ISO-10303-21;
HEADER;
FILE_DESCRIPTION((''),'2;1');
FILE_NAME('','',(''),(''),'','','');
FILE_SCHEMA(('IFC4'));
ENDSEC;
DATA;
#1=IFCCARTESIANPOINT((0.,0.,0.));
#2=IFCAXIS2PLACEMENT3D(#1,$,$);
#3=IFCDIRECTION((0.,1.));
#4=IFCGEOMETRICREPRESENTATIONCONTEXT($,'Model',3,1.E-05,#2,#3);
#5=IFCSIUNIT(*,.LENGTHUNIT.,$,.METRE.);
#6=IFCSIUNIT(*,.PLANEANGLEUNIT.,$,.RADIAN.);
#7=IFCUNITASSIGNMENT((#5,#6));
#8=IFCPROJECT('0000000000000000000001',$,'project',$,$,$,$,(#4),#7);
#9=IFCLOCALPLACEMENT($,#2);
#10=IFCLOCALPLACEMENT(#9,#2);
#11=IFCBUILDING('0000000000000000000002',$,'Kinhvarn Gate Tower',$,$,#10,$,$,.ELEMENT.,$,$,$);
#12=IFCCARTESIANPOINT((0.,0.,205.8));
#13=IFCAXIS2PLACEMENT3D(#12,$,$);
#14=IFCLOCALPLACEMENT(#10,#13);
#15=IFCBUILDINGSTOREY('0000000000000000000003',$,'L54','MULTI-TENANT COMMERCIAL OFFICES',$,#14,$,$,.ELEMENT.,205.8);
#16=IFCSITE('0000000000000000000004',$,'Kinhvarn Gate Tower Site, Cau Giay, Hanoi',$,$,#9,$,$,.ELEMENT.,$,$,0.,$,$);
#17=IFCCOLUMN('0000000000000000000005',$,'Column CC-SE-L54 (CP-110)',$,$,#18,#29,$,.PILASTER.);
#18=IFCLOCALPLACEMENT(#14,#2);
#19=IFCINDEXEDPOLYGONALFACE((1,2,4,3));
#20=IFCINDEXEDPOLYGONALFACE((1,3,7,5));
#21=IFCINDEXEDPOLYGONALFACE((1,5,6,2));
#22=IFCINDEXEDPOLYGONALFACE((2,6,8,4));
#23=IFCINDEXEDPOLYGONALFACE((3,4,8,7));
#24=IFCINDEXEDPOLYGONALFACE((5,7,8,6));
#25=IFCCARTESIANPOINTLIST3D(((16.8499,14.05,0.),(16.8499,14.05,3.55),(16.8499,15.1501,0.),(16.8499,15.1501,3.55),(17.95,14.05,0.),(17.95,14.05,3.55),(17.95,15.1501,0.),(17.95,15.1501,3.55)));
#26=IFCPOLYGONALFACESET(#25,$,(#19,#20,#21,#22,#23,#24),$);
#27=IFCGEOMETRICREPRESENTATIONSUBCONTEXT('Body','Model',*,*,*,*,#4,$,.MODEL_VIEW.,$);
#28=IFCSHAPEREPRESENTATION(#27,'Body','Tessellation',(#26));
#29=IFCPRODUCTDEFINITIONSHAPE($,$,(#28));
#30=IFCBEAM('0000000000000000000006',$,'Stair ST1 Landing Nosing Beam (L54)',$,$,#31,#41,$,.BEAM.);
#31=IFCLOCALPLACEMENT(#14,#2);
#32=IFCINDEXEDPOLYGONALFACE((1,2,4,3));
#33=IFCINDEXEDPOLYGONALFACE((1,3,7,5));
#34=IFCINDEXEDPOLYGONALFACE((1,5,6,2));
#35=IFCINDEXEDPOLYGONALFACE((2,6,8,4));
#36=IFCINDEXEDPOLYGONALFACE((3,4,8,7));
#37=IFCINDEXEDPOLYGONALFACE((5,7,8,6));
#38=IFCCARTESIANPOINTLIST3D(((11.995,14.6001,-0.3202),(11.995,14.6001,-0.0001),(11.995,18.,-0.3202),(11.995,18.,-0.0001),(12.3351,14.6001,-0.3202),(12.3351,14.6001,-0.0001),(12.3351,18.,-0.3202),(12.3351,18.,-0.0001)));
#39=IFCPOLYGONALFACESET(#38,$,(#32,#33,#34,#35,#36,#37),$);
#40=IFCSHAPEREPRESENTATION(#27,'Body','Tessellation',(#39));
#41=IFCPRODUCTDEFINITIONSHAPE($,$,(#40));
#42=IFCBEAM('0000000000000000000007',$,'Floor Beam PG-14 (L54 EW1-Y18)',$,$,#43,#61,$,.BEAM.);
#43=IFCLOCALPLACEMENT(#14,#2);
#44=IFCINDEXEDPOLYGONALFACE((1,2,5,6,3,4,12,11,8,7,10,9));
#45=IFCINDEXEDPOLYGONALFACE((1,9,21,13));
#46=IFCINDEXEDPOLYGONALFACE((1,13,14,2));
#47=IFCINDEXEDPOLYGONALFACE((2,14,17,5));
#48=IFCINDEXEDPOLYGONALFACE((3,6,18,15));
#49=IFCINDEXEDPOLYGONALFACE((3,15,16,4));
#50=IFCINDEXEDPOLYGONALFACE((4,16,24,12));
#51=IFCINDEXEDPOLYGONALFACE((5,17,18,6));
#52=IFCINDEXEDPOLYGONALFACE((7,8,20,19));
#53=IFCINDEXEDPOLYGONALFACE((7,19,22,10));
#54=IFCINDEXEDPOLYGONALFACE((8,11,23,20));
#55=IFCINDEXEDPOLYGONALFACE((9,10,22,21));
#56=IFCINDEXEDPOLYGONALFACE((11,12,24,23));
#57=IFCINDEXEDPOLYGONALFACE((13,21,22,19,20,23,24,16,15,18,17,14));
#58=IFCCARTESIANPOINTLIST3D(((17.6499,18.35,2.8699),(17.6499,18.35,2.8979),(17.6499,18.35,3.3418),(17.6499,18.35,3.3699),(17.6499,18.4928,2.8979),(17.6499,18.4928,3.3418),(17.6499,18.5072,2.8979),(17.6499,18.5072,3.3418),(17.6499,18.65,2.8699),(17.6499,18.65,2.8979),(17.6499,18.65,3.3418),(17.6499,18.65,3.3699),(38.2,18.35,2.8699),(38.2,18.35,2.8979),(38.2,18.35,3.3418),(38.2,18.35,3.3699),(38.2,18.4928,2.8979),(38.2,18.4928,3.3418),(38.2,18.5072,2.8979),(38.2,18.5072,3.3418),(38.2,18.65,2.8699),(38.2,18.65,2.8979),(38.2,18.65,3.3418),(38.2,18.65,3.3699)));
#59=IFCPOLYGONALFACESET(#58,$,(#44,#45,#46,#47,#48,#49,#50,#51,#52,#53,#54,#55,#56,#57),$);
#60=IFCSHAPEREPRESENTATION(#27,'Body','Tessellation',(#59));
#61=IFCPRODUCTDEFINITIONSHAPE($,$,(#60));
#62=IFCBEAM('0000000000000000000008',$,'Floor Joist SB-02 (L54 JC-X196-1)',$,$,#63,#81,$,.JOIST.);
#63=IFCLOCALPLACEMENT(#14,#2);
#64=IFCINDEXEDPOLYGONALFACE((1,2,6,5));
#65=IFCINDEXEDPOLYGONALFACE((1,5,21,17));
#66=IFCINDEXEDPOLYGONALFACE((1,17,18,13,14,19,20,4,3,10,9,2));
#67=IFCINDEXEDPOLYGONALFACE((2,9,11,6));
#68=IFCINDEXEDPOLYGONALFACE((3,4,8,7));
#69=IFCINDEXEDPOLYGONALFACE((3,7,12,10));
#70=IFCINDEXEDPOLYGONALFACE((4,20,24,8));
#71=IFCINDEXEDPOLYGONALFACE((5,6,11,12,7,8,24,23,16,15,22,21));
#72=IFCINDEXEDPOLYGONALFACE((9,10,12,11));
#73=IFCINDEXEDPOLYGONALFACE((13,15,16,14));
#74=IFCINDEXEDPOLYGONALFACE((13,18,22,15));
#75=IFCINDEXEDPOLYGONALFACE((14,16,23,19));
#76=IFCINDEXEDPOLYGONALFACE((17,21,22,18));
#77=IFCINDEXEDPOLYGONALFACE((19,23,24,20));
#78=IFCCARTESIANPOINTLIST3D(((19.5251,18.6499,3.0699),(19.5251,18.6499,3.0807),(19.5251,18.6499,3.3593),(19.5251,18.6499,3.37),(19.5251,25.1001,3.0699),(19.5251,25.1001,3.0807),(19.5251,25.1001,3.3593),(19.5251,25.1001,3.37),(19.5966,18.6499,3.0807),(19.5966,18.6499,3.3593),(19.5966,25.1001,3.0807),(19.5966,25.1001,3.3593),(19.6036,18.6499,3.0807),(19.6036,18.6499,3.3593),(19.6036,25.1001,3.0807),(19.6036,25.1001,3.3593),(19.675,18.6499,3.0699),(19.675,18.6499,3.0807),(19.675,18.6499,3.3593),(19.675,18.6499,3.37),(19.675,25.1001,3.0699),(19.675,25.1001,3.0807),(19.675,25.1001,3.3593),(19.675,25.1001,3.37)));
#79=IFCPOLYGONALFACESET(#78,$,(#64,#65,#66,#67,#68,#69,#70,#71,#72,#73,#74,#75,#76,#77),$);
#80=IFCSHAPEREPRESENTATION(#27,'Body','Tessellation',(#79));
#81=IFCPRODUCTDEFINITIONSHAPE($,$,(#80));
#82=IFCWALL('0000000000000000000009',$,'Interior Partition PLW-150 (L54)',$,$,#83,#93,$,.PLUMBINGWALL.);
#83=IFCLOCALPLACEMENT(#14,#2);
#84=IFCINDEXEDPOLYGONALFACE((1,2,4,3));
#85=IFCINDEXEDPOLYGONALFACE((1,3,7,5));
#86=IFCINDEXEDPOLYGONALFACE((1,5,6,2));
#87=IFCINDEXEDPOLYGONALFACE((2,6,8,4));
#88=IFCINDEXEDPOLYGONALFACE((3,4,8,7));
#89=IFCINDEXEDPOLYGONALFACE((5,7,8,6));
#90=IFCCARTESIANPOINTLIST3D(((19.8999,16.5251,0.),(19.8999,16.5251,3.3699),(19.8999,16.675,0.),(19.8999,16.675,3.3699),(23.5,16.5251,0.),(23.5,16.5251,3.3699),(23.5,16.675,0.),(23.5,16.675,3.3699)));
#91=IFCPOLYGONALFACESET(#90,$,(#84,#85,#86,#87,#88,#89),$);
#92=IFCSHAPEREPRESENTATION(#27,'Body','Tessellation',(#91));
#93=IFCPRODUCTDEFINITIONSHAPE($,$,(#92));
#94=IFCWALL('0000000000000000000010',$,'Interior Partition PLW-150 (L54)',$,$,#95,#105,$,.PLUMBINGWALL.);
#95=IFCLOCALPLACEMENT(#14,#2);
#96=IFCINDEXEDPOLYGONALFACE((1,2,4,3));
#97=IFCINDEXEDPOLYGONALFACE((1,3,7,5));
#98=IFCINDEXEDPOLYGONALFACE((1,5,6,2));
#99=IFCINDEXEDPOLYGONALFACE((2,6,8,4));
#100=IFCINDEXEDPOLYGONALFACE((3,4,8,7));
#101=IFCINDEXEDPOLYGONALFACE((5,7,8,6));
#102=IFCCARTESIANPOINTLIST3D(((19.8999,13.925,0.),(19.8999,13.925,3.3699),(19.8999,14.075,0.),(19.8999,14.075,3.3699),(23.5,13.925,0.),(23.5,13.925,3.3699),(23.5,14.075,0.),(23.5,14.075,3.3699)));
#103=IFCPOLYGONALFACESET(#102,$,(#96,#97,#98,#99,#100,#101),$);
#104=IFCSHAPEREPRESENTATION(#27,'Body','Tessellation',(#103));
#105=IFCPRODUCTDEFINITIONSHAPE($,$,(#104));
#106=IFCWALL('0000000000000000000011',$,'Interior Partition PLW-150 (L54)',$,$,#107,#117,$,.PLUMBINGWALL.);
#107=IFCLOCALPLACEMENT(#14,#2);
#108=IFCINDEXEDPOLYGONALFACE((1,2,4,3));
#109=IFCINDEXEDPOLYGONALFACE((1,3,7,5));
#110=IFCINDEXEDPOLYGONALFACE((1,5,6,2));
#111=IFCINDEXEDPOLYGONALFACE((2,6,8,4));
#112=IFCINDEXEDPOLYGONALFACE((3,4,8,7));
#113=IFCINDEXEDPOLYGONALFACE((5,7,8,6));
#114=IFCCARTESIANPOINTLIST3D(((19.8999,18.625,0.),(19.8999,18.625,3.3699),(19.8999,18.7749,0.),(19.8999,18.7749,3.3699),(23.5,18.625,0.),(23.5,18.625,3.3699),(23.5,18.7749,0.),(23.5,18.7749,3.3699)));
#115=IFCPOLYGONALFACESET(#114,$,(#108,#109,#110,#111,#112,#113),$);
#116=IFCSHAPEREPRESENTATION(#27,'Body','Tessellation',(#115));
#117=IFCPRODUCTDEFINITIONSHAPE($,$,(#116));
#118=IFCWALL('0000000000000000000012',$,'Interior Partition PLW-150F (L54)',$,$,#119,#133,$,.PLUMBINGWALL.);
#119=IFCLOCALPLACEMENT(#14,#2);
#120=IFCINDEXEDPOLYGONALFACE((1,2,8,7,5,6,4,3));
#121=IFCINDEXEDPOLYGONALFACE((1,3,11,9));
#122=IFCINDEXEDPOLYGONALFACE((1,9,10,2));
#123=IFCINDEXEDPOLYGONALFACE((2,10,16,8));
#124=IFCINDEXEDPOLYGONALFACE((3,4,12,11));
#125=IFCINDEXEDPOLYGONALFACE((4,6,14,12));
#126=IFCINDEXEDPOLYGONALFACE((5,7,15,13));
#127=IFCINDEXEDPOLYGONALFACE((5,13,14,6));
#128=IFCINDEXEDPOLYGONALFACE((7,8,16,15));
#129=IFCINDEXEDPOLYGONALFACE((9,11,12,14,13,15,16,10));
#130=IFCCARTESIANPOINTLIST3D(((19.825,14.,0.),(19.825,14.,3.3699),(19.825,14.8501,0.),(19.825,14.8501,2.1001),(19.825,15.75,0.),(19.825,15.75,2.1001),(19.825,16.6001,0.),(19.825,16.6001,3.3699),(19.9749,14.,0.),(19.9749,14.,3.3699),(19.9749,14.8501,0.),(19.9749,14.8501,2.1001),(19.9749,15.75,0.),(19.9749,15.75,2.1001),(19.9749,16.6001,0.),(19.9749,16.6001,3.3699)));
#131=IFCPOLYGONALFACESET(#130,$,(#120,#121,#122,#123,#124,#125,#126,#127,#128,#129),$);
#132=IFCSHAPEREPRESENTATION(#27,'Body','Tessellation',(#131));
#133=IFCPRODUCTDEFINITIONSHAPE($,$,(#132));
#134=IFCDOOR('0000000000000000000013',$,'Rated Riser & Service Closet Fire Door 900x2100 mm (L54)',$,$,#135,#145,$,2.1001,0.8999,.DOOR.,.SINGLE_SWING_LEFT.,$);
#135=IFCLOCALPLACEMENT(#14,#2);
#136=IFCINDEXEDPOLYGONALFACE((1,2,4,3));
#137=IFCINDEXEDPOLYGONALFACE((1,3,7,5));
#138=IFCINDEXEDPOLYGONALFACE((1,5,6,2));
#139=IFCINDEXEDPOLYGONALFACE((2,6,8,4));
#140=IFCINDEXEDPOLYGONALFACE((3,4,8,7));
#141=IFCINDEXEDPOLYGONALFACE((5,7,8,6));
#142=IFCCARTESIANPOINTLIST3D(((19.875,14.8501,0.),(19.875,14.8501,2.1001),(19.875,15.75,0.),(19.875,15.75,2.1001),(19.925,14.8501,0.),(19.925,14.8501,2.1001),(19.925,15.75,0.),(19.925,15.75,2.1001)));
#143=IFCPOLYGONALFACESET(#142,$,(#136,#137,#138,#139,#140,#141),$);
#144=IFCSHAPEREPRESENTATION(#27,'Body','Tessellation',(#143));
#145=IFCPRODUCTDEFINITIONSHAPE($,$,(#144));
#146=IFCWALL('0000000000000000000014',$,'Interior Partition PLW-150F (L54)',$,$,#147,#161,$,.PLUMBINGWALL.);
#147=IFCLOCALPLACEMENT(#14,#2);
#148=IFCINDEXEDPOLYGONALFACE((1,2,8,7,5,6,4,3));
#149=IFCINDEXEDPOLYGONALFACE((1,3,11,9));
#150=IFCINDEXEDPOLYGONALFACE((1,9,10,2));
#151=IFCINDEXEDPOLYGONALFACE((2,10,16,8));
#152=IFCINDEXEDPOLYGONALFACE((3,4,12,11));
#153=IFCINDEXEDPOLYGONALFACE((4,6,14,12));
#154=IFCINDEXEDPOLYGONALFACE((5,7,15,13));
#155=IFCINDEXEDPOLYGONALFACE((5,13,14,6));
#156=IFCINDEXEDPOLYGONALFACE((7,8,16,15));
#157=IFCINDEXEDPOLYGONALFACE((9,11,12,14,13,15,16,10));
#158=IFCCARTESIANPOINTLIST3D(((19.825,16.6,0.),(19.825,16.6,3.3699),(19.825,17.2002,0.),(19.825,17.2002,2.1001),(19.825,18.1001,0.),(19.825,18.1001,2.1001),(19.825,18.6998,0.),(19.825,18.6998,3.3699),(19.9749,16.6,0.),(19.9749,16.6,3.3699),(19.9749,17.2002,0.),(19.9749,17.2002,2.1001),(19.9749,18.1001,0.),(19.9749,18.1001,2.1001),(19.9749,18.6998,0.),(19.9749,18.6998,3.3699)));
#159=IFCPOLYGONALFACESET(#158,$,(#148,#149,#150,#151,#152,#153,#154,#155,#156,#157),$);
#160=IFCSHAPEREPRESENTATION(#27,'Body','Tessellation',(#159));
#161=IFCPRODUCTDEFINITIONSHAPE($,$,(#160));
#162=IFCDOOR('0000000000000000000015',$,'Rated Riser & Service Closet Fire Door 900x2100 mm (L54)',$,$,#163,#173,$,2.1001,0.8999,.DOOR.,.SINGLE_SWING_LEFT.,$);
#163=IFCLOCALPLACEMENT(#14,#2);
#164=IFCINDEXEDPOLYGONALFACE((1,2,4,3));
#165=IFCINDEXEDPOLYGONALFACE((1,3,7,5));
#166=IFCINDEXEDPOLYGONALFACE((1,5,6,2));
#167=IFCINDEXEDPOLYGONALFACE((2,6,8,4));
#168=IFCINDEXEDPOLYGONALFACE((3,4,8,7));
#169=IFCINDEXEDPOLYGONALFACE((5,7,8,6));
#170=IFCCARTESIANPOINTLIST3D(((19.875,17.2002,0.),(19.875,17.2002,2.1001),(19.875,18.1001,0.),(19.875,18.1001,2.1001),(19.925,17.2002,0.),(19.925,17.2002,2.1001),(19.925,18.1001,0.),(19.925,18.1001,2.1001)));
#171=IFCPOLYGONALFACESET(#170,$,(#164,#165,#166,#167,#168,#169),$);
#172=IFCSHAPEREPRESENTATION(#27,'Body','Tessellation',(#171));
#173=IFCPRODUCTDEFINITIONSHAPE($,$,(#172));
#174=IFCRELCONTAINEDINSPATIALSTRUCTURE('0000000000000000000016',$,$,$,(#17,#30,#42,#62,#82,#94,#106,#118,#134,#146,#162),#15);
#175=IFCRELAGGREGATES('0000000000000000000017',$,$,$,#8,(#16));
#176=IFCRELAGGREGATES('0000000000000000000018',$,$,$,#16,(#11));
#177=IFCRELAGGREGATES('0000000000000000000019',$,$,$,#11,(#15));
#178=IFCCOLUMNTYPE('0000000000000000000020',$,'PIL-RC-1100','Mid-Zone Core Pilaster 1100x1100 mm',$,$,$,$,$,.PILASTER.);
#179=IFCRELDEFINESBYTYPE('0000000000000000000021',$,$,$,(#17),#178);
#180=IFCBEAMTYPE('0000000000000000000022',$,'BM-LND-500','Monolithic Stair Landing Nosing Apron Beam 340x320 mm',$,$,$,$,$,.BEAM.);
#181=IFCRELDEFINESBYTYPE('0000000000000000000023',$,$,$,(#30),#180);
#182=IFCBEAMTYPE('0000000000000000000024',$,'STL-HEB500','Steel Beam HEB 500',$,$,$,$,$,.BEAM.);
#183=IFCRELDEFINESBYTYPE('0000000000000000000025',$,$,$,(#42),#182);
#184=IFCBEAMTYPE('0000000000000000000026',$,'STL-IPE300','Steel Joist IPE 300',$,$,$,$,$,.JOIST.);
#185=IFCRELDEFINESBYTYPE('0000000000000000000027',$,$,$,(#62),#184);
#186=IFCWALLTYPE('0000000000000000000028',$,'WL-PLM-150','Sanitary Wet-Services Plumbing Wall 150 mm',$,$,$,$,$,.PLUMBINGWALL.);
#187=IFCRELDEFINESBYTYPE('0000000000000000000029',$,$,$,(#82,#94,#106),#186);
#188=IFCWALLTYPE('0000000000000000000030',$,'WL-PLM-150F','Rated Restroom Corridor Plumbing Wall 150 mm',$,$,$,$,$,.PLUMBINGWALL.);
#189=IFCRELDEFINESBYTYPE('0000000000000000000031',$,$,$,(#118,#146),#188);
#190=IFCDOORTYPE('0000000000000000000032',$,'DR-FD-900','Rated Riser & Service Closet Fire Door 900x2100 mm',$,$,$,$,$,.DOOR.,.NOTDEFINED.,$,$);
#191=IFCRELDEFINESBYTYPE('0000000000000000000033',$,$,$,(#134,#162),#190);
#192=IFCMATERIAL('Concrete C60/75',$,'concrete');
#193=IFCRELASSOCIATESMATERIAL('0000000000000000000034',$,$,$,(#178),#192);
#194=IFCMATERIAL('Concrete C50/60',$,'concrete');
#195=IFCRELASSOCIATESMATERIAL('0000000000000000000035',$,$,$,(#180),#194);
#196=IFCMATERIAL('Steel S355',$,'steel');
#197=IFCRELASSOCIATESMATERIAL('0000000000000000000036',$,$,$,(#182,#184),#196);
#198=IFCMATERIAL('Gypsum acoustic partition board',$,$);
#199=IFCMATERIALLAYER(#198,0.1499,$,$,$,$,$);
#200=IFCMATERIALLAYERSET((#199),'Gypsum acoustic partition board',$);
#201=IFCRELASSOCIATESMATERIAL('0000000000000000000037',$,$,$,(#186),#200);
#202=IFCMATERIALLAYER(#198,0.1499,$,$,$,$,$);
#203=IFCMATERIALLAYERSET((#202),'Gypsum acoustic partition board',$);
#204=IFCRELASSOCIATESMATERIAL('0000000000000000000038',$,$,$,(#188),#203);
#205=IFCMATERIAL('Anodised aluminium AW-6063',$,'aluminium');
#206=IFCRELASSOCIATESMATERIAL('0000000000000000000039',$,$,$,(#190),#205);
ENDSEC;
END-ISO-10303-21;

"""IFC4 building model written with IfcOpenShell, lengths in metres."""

from ifc_helpers import new_model, si_unit, direction, frame, frame_2d, origin, origin_2d, place, context, subcontext, project, spatial, rectangle, i_section, extrude, material, layer, layer_set, material_profile, profile_set, type_object, element, fill, save


model = new_model("IFC4")

# Units and contexts
model_context = context("Model", 3, precision=1e-05, world=origin(), true_north=direction((0.0, 1.0)))
body_context = subcontext(model_context, "Body", "Model", "MODEL_VIEW")
ifc_project = project(units=[si_unit("LENGTHUNIT", "METRE"), si_unit("PLANEANGLEUNIT", "RADIAN")], contexts=[model_context])

# Site, building, storey
site_placement = place(None, origin())
site = spatial("IfcSite", under=ifc_project, at=site_placement, Name="Kinhvarn Gate Tower Site, Cau Giay, Hanoi", CompositionType="ELEMENT", RefElevation=0.0)
building_placement = place(site_placement, origin())
building = spatial("IfcBuilding", under=site, at=building_placement, Name="Kinhvarn Gate Tower", CompositionType="ELEMENT")
storey_placement = place(building_placement, frame((0.0, 0.0, 205.8)))
storey = spatial("IfcBuildingStorey", under=building, at=storey_placement, Name="L54", Description="MULTI-TENANT COMMERCIAL OFFICES", CompositionType="ELEMENT", Elevation=205.8)

# Column
ifc_material_1 = material(Name="Concrete C60/75", Category="concrete")
ifc_material_profile_1 = material_profile(ifc_material_1, rectangle(XDim=1.1001, YDim=1.1001, at=origin_2d()), Name="RC 1100x1100")
ifc_profile_set_1 = profile_set([ifc_material_profile_1], Name="Concrete C60/75")
column_type = type_object("IfcColumnType", Name="PIL-RC-1100", Description="Mid-Zone Core Pilaster 1100x1100 mm", PredefinedType="PILASTER", material=ifc_profile_set_1)
column_placement = place(storey_placement, frame((17.3999, 14.6001, 0.0), z_axis=(0.0, 0.0, 1.0), x_axis=(1.0, 0.0, 0.0)))
element("IfcColumn", 1, at=column_placement, inside=storey, type_object=column_type, Name="Column CC-SE-L54 (CP-110)", PredefinedType="PILASTER", context=body_context, shape_type="SweptSolid", body=[
    extrude(rectangle(XDim=1.1001, YDim=1.1001, at=origin_2d()), origin(), (0.0, 0.0, 1.0), 3.55),
])

# Beams
ifc_material_2 = material(Name="Concrete C50/60", Category="concrete")
ifc_material_profile_2 = material_profile(ifc_material_2, rectangle(XDim=0.3401, YDim=0.3201, at=origin_2d()), Name="RC 340x320")
ifc_profile_set_2 = profile_set([ifc_material_profile_2], Name="Concrete C50/60")
beam_type_1 = type_object("IfcBeamType", Name="BM-LND-500", Description="Monolithic Stair Landing Nosing Apron Beam 340x320 mm", PredefinedType="BEAM", material=ifc_profile_set_2)
beam_1_placement = place(storey_placement, frame((12.165, 14.6001, -0.1602), z_axis=(0.0, 1.0, 0.0), x_axis=(-1.0, 0.0, 0.0)))
element("IfcBeam", 2, at=beam_1_placement, inside=storey, type_object=beam_type_1, Name="Stair ST1 Landing Nosing Beam (L54)", PredefinedType="BEAM", context=body_context, shape_type="SweptSolid", body=[
    extrude(rectangle(XDim=0.3401, YDim=0.3201, at=origin_2d()), origin(), (0.0, 0.0, 1.0), 3.3999),
])
ifc_material_3 = material(Name="Steel S355", Category="steel")
ifc_material_profile_3 = material_profile(ifc_material_3, i_section(OverallWidth=0.3, OverallDepth=0.5, WebThickness=0.0144, FlangeThickness=0.0281, at=origin_2d()), Name="HEB 500")
ifc_profile_set_3 = profile_set([ifc_material_profile_3], Name="Steel S355")
beam_type_2 = type_object("IfcBeamType", Name="STL-HEB500", Description="Steel Beam HEB 500", PredefinedType="BEAM", material=ifc_profile_set_3)
beam_2_placement = place(storey_placement, frame((17.6499, 18.5, 3.1199), z_axis=(1.0, 0.0, 0.0), x_axis=(0.0, 1.0, 0.0)))
element("IfcBeam", 3, at=beam_2_placement, inside=storey, type_object=beam_type_2, Name="Floor Beam PG-14 (L54 EW1-Y18)", PredefinedType="BEAM", context=body_context, shape_type="SweptSolid", body=[
    extrude(i_section(OverallWidth=0.3, OverallDepth=0.5, WebThickness=0.0144, FlangeThickness=0.0281, at=origin_2d()), origin(), (0.0, 0.0, 1.0), 20.55),
])
ifc_material_profile_4 = material_profile(ifc_material_3, i_section(OverallWidth=0.1499, OverallDepth=0.3, WebThickness=0.0071, FlangeThickness=0.0107, at=origin_2d()), Name="IPE 300")
ifc_profile_set_4 = profile_set([ifc_material_profile_4], Name="Steel S355")
beam_type_3 = type_object("IfcBeamType", Name="STL-IPE300", Description="Steel Joist IPE 300", PredefinedType="JOIST", material=ifc_profile_set_4)
beam_3_placement = place(storey_placement, frame((19.6001, 18.6499, 3.22), z_axis=(0.0, 1.0, 0.0), x_axis=(-1.0, 0.0, 0.0)))
element("IfcBeam", 4, at=beam_3_placement, inside=storey, type_object=beam_type_3, Name="Floor Joist SB-02 (L54 JC-X196-1)", PredefinedType="JOIST", context=body_context, shape_type="SweptSolid", body=[
    extrude(i_section(OverallWidth=0.1499, OverallDepth=0.3, WebThickness=0.0071, FlangeThickness=0.0107, at=origin_2d()), origin(), (0.0, 0.0, 1.0), 6.4502),
])

# Shared definitions
ifc_material_4 = material(Name="Anodised aluminium AW-6063", Category="aluminium")

# Walls
ifc_material_5 = material(Name="Gypsum acoustic partition board")
ifc_layer_1 = layer(ifc_material_5, 0.1499)
ifc_layer_set_1 = layer_set([ifc_layer_1], Name="Gypsum acoustic partition board")
wall_type_1 = type_object("IfcWallType", Name="WL-PLM-150", Description="Sanitary Wet-Services Plumbing Wall 150 mm", PredefinedType="PLUMBINGWALL", material=ifc_layer_set_1)
for number, where, z_axis, x_axis, name in (
    (5, (19.8999, 16.6001, 0.0), (0.0, 0.0, 1.0), (1.0, 0.0, 0.0), "Interior Partition PLW-150 (L54)"),
    (6, (19.8999, 14.0, 0.0), (0.0, 0.0, 1.0), (1.0, 0.0, 0.0), "Interior Partition PLW-150 (L54)"),
    (7, (19.8999, 18.7, 0.0), (0.0, 0.0, 1.0), (1.0, 0.0, 0.0), "Interior Partition PLW-150 (L54)"),
):
    element("IfcWall", number, at=place(storey_placement, frame(where, z_axis=z_axis, x_axis=x_axis)), inside=storey, type_object=wall_type_1, Name=name, PredefinedType="PLUMBINGWALL", context=body_context, shape_type="SweptSolid", body=[
        extrude(rectangle(XDim=3.6001, YDim=0.1499, at=frame_2d((1.8, 0.0))), origin(), (0.0, 0.0, 1.0), 3.3699),
    ])

# Walls, openings, doors
ifc_layer_2 = layer(ifc_material_5, 0.1499)
ifc_layer_set_2 = layer_set([ifc_layer_2], Name="Gypsum acoustic partition board")
wall_type_2 = type_object("IfcWallType", Name="WL-PLM-150F", Description="Rated Restroom Corridor Plumbing Wall 150 mm", PredefinedType="PLUMBINGWALL", material=ifc_layer_set_2)
wall_1_placement = place(storey_placement, frame((19.8999, 14.0, 0.0), z_axis=(0.0, 0.0, 1.0), x_axis=(0.0, 1.0, 0.0)))
wall_1 = element("IfcWall", 8, at=wall_1_placement, inside=storey, type_object=wall_type_2, Name="Interior Partition PLW-150F (L54)", PredefinedType="PLUMBINGWALL", context=body_context, shape_type="SweptSolid", body=[
    extrude(rectangle(XDim=2.6001, YDim=0.1499, at=frame_2d((1.3, 0.0))), origin(), (0.0, 0.0, 1.0), 3.3699),
])
opening_1_placement = place(wall_1_placement, frame((0.8501, 0.0, 0.0)))
opening_1 = element("IfcOpeningElement", 9, at=opening_1_placement, cuts=wall_1, PredefinedType="OPENING", context=body_context, shape_type="SweptSolid", body=[
    extrude(rectangle(XDim=0.8999, YDim=2.1001, at=frame_2d((0.45, 1.05))), frame((0.0, 0.085, 0.0), z_axis=(0.0, -1.0, 0.0), x_axis=(1.0, 0.0, 0.0)), (0.0, 0.0, 1.0), 0.1699),
])
door_type_1 = type_object("IfcDoorType", Name="DR-FD-900", Description="Rated Riser & Service Closet Fire Door 900x2100 mm", OperationType="NOTDEFINED", PredefinedType="DOOR", material=ifc_material_4)
door_1_placement = place(opening_1_placement, origin())
door_1 = element("IfcDoor", 10, at=door_1_placement, inside=storey, type_object=door_type_1, Name="Rated Riser & Service Closet Fire Door 900x2100 mm (L54)", OperationType="SINGLE_SWING_LEFT", OverallHeight=2.1001, OverallWidth=0.8999, PredefinedType="DOOR", context=body_context, shape_type="SweptSolid", body=[
    extrude(rectangle(XDim=0.8999, YDim=2.1001, at=frame_2d((0.45, 1.05))), frame((0.0, 0.0249, 0.0), z_axis=(0.0, -1.0, 0.0), x_axis=(1.0, 0.0, 0.0)), (0.0, 0.0, 1.0), 0.05),
])
fill(opening_1, door_1)
wall_2_placement = place(storey_placement, frame((19.8999, 16.6001, 0.0), z_axis=(0.0, 0.0, 1.0), x_axis=(0.0, 1.0, 0.0)))
wall_2 = element("IfcWall", 11, at=wall_2_placement, inside=storey, type_object=wall_type_2, Name="Interior Partition PLW-150F (L54)", PredefinedType="PLUMBINGWALL", context=body_context, shape_type="SweptSolid", body=[
    extrude(rectangle(XDim=2.0999, YDim=0.1499, at=frame_2d((1.0498, 0.0))), origin(), (0.0, 0.0, 1.0), 3.3699),
])
opening_2_placement = place(wall_2_placement, frame((0.6001, 0.0, 0.0)))
opening_2 = element("IfcOpeningElement", 12, at=opening_2_placement, cuts=wall_2, PredefinedType="OPENING", context=body_context, shape_type="SweptSolid", body=[
    extrude(rectangle(XDim=0.8999, YDim=2.1001, at=frame_2d((0.45, 1.05))), frame((0.0, 0.085, 0.0), z_axis=(0.0, -1.0, 0.0), x_axis=(1.0, 0.0, 0.0)), (0.0, 0.0, 1.0), 0.1699),
])
door_2_placement = place(opening_2_placement, origin())
door_2 = element("IfcDoor", 13, at=door_2_placement, inside=storey, type_object=door_type_1, Name="Rated Riser & Service Closet Fire Door 900x2100 mm (L54)", OperationType="SINGLE_SWING_LEFT", OverallHeight=2.1001, OverallWidth=0.8999, PredefinedType="DOOR", context=body_context, shape_type="SweptSolid", body=[
    extrude(rectangle(XDim=0.8999, YDim=2.1001, at=frame_2d((0.45, 1.05))), frame((0.0, 0.0249, 0.0), z_axis=(0.0, -1.0, 0.0), x_axis=(1.0, 0.0, 0.0)), (0.0, 0.0, 1.0), 0.05),
])
fill(opening_2, door_2)

save(model, "model.ifc")
